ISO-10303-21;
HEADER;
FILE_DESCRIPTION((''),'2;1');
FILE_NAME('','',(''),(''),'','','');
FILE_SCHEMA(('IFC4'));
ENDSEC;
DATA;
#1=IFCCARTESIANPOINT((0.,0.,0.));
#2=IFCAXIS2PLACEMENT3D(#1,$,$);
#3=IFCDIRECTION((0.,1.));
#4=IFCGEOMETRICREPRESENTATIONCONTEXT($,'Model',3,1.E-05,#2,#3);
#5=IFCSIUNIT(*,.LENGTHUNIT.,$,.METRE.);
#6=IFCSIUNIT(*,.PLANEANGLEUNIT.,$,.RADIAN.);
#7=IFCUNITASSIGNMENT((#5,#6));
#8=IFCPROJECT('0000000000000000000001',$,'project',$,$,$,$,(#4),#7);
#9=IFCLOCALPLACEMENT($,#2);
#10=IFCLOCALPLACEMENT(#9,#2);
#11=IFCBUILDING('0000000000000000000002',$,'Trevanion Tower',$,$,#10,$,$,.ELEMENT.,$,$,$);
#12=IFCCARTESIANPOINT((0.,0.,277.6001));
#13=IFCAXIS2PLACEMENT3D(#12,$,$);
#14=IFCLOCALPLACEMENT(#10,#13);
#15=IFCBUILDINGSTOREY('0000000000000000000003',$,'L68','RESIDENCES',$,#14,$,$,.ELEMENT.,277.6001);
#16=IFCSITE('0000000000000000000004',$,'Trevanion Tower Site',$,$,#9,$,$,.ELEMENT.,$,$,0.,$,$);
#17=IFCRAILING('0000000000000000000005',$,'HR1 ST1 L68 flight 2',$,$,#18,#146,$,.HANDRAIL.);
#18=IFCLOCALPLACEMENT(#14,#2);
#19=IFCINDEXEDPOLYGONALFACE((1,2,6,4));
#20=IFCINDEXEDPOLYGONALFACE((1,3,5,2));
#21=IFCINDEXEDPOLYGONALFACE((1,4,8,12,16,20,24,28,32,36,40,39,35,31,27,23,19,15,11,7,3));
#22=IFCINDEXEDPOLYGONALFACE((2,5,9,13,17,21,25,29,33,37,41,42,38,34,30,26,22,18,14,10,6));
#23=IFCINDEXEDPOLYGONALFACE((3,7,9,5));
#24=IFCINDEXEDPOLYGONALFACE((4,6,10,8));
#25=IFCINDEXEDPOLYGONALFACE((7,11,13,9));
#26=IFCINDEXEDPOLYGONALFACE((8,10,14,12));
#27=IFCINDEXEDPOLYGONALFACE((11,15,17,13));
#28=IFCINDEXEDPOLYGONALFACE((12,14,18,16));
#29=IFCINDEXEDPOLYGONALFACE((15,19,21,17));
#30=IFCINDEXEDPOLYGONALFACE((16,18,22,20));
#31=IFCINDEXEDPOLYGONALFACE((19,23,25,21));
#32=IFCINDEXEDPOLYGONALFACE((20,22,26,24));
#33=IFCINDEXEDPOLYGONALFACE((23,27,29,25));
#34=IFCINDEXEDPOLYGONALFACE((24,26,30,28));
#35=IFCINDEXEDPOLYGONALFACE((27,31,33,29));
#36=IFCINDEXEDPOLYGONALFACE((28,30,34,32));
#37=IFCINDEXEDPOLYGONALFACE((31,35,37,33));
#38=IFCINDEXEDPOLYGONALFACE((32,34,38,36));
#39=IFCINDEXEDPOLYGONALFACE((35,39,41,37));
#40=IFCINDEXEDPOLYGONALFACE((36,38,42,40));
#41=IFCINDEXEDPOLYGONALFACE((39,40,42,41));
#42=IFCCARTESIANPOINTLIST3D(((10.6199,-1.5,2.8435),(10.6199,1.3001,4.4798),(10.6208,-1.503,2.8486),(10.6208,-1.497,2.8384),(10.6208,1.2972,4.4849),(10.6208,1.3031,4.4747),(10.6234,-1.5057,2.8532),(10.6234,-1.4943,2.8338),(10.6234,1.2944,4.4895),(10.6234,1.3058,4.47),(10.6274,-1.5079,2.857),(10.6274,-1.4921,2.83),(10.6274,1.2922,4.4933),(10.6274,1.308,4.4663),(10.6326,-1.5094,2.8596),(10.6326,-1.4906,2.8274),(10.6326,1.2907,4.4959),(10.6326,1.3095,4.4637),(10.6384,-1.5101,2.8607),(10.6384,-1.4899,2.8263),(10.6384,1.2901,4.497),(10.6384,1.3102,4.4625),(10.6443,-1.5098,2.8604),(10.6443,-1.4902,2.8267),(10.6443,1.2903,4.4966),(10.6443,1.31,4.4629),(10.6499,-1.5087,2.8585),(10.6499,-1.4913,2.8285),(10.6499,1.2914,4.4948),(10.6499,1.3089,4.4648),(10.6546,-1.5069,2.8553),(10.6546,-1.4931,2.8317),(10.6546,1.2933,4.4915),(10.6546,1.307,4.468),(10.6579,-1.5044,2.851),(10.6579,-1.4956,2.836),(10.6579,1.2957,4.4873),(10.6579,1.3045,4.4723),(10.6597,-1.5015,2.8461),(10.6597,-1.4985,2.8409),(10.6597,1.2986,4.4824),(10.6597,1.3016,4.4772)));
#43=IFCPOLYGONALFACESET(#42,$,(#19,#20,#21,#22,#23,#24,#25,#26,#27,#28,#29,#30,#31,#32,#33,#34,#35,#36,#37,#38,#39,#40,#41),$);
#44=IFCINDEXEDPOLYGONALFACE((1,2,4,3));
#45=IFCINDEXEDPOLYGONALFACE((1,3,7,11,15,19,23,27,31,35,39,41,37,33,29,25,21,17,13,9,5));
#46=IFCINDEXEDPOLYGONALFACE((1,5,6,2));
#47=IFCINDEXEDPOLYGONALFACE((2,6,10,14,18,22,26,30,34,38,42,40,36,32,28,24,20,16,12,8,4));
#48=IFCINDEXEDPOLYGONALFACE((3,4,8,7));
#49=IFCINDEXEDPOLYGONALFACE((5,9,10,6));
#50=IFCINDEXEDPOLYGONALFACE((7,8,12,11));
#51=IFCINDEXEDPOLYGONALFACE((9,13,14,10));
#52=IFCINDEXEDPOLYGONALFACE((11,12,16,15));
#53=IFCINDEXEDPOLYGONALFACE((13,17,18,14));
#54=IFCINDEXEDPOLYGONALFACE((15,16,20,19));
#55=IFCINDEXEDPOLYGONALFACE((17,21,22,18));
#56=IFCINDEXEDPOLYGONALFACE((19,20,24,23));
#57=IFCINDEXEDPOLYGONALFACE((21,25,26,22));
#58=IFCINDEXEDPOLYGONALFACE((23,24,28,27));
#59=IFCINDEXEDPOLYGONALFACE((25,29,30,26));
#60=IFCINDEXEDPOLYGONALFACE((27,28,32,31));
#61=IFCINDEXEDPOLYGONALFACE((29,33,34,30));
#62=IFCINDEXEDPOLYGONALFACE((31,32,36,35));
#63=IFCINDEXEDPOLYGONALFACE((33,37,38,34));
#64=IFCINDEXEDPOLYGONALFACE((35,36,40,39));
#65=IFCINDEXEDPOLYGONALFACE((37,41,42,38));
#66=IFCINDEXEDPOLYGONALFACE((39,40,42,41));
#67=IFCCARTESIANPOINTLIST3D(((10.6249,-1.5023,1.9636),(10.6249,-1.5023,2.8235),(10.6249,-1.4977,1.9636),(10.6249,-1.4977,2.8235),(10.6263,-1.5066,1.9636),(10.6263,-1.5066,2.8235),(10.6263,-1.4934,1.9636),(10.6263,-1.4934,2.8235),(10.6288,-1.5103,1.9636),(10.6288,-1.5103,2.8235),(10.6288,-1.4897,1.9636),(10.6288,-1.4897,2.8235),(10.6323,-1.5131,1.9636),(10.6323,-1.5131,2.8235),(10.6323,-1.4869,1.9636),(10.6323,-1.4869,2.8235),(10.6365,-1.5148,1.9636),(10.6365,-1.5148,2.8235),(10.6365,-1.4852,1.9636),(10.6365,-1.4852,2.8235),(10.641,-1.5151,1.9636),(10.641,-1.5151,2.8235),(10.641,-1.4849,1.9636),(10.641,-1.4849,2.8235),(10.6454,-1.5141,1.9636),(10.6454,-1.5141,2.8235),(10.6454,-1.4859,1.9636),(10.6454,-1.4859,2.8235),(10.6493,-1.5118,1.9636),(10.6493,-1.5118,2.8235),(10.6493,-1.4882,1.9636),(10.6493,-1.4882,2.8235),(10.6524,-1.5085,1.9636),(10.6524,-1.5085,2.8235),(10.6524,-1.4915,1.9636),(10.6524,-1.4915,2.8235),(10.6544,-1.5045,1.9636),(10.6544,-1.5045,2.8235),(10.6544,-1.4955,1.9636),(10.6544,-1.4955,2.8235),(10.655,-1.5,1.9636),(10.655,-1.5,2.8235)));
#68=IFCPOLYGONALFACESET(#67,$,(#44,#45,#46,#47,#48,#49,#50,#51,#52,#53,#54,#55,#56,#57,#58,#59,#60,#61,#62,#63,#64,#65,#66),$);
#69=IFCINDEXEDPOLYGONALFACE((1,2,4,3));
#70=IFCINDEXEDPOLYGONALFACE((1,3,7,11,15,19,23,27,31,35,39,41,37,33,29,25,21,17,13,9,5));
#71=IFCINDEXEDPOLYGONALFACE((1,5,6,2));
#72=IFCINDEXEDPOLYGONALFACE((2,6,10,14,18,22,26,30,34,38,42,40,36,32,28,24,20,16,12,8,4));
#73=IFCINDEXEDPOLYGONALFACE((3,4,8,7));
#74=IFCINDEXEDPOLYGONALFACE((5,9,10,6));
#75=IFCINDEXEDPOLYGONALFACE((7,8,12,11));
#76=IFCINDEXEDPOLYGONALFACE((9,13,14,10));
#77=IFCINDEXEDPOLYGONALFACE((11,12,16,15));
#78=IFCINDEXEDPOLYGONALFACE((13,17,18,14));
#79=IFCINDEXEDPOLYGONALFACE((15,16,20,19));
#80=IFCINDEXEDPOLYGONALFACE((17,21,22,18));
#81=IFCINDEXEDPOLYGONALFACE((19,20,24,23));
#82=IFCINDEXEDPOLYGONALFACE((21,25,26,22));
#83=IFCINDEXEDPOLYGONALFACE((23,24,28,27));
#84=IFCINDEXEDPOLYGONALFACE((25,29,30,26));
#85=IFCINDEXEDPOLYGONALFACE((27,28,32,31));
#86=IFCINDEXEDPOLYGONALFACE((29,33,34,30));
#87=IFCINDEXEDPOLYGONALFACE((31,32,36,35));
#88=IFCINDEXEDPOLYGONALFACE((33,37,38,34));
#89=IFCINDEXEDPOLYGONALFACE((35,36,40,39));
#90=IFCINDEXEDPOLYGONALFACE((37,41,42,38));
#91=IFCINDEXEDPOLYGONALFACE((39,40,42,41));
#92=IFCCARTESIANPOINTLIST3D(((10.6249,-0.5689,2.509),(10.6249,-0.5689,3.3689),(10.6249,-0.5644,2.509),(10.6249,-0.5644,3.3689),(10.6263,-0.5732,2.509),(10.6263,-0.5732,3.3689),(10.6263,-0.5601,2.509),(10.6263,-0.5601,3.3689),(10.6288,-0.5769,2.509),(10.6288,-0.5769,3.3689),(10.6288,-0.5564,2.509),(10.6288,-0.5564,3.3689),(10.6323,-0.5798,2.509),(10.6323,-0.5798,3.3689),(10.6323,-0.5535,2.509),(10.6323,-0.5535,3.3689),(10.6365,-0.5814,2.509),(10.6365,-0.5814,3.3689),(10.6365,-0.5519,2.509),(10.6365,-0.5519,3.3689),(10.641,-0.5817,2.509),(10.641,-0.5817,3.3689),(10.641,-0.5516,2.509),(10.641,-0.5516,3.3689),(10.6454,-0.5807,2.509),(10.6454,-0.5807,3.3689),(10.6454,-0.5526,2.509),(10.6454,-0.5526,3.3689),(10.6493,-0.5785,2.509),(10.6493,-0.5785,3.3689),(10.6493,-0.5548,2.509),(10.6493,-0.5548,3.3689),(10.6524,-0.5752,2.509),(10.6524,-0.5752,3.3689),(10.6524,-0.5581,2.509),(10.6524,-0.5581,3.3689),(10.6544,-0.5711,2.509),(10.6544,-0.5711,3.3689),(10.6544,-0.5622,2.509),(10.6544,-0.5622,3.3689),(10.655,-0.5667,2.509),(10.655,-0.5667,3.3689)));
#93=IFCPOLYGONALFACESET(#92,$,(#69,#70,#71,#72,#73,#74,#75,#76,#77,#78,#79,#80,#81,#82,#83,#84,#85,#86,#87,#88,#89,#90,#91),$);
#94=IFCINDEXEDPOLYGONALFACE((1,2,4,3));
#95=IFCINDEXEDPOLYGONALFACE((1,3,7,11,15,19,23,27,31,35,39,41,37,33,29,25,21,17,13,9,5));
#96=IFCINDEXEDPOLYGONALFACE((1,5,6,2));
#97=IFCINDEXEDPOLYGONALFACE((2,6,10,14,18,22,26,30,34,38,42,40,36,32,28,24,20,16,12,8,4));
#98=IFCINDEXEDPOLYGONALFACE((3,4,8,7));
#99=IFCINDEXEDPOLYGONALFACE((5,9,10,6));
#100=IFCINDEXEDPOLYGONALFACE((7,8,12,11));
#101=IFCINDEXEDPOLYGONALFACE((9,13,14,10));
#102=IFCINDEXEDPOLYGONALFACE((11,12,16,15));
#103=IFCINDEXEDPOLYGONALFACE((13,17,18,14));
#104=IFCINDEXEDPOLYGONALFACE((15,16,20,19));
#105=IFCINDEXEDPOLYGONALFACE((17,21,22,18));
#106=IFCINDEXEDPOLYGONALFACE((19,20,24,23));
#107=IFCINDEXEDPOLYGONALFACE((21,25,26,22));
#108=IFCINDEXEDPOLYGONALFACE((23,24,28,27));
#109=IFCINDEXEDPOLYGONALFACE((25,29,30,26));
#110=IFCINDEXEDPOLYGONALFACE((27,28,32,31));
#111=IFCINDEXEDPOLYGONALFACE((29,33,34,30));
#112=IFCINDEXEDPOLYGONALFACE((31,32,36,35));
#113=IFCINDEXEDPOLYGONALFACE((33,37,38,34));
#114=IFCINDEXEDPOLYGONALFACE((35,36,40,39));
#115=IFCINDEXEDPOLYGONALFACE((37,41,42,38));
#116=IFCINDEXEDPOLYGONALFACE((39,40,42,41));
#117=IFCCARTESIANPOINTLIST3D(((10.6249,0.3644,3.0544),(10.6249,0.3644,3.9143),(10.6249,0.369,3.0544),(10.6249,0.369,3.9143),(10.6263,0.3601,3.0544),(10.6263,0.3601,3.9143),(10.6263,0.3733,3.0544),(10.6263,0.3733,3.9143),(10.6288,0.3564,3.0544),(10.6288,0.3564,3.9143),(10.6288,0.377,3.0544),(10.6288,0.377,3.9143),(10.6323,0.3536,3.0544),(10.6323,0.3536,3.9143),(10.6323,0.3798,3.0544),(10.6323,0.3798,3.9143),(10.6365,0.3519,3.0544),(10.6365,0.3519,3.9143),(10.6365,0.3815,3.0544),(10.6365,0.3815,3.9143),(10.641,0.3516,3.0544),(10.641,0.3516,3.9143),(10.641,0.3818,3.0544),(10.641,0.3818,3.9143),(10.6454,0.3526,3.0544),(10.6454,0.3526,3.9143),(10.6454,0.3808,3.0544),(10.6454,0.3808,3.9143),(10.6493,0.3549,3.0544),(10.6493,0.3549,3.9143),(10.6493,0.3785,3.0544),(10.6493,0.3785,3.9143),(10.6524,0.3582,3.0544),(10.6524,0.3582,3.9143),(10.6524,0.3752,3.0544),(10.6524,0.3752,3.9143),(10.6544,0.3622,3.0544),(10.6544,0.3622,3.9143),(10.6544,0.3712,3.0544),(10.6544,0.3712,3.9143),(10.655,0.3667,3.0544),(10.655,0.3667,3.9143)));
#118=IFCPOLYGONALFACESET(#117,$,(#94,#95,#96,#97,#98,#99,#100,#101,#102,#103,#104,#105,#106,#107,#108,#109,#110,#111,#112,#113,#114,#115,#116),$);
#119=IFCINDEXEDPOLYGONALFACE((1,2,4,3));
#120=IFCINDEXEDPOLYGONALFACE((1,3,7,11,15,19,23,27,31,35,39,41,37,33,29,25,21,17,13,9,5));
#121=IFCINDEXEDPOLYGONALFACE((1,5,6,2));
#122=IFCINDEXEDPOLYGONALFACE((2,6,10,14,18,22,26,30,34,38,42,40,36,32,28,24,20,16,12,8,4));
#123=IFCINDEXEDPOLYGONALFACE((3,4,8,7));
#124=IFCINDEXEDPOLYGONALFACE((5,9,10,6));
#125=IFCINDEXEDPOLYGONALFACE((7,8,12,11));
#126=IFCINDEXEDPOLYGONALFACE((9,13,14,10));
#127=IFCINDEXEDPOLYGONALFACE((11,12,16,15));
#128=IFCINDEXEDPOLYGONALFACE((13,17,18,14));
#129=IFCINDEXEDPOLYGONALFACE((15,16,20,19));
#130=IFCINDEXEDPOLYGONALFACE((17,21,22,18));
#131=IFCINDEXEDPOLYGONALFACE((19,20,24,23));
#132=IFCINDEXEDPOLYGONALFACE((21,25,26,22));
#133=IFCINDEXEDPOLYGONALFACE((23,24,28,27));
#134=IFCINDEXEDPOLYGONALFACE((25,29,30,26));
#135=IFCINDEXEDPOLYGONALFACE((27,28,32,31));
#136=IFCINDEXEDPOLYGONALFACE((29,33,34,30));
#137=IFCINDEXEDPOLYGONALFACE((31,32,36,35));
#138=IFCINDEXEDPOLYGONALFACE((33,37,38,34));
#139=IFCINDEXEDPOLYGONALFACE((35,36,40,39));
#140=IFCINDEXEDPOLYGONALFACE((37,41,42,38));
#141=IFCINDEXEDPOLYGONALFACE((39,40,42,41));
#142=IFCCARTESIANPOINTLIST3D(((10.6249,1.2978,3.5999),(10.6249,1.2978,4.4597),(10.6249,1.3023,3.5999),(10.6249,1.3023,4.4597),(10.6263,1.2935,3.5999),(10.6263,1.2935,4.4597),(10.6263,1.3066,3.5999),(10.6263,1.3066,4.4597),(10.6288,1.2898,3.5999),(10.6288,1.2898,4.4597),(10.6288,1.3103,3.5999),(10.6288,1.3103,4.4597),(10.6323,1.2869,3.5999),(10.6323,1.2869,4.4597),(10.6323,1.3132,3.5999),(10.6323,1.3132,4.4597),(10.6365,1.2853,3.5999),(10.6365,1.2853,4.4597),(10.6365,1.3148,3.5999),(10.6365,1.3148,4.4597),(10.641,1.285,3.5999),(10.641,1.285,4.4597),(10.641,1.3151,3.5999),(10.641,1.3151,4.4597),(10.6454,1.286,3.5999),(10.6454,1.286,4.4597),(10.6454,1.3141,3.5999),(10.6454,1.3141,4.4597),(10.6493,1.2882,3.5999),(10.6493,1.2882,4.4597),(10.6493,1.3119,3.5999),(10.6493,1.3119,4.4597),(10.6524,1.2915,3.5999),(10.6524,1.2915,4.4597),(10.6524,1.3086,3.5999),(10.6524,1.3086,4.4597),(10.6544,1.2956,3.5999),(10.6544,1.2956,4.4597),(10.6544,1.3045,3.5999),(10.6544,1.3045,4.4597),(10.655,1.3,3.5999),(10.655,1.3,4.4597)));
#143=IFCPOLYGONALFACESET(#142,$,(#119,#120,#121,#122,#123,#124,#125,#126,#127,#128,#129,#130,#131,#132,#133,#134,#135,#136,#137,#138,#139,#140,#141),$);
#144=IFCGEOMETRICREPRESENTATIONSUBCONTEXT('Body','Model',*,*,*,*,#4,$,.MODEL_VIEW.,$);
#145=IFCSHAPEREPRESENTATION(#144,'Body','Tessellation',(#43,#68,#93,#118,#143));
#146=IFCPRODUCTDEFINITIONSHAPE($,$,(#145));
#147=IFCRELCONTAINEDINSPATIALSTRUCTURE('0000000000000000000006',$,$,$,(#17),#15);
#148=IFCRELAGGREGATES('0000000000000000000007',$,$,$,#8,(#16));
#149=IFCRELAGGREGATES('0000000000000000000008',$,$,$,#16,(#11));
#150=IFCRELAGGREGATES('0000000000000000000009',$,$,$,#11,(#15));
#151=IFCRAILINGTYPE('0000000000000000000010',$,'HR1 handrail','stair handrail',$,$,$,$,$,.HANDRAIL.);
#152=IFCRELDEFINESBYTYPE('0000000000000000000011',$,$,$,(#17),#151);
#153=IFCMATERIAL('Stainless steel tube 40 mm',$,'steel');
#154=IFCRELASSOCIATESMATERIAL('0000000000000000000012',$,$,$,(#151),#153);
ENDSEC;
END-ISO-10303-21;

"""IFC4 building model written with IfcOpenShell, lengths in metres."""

from ifc_helpers import new_model, si_unit, direction, frame, origin, origin_2d, place, context, subcontext, project, spatial, circle, extrude, material, type_object, element, save


model = new_model("IFC4")

# Units and contexts
model_context = context("Model", 3, precision=1e-05, world=origin(), true_north=direction((0.0, 1.0)))
body_context = subcontext(model_context, "Body", "Model", "MODEL_VIEW")
ifc_project = project(units=[si_unit("LENGTHUNIT", "METRE"), si_unit("PLANEANGLEUNIT", "RADIAN")], contexts=[model_context])

# Site, building, storey
site_placement = place(None, origin())
site = spatial("IfcSite", under=ifc_project, at=site_placement, Name="Trevanion Tower Site", CompositionType="ELEMENT", RefElevation=0.0)
building_placement = place(site_placement, origin())
building = spatial("IfcBuilding", under=site, at=building_placement, Name="Trevanion Tower", CompositionType="ELEMENT")
storey_placement = place(building_placement, frame((0.0, 0.0, 277.6001)))
storey = spatial("IfcBuildingStorey", under=building, at=storey_placement, Name="L68", Description="RESIDENCES", CompositionType="ELEMENT", Elevation=277.6001)

# Railing
ifc_material_1 = material(Name="Stainless steel tube 40 mm", Category="steel")
railing_type = type_object("IfcRailingType", Name="HR1 handrail", Description="stair handrail", PredefinedType="HANDRAIL", material=ifc_material_1)
for number, where, name in (
    (1, (10.6399, -1.5, 1.9636), "HR1 ST1 L68 flight 2"),
):
    element("IfcRailing", number, at=place(storey_placement, frame(where)), inside=storey, type_object=railing_type, Name=name, PredefinedType="HANDRAIL", context=body_context, shape_type="SweptSolid", body=[
        extrude(circle(Radius=0.02, at=origin_2d()), frame((0.0, 0.0, 0.8799), z_axis=(0.0, 0.863394, 0.504531), x_axis=(-1.0, 0.0, 0.0)), (0.0, 0.0, 1.0), 3.2432),
        extrude(circle(Radius=0.0151, at=origin_2d()), origin(), (0.0, 0.0, 1.0), 0.8599),
        extrude(circle(Radius=0.0151, at=origin_2d()), frame((0.0, 0.9333, 0.5454)), (0.0, 0.0, 1.0), 0.8599),
        extrude(circle(Radius=0.0151, at=origin_2d()), frame((0.0, 1.8667, 1.0908)), (0.0, 0.0, 1.0), 0.8599),
        extrude(circle(Radius=0.0151, at=origin_2d()), frame((0.0, 2.8, 1.6362)), (0.0, 0.0, 1.0), 0.8599),
    ])

save(model, "model.ifc")
